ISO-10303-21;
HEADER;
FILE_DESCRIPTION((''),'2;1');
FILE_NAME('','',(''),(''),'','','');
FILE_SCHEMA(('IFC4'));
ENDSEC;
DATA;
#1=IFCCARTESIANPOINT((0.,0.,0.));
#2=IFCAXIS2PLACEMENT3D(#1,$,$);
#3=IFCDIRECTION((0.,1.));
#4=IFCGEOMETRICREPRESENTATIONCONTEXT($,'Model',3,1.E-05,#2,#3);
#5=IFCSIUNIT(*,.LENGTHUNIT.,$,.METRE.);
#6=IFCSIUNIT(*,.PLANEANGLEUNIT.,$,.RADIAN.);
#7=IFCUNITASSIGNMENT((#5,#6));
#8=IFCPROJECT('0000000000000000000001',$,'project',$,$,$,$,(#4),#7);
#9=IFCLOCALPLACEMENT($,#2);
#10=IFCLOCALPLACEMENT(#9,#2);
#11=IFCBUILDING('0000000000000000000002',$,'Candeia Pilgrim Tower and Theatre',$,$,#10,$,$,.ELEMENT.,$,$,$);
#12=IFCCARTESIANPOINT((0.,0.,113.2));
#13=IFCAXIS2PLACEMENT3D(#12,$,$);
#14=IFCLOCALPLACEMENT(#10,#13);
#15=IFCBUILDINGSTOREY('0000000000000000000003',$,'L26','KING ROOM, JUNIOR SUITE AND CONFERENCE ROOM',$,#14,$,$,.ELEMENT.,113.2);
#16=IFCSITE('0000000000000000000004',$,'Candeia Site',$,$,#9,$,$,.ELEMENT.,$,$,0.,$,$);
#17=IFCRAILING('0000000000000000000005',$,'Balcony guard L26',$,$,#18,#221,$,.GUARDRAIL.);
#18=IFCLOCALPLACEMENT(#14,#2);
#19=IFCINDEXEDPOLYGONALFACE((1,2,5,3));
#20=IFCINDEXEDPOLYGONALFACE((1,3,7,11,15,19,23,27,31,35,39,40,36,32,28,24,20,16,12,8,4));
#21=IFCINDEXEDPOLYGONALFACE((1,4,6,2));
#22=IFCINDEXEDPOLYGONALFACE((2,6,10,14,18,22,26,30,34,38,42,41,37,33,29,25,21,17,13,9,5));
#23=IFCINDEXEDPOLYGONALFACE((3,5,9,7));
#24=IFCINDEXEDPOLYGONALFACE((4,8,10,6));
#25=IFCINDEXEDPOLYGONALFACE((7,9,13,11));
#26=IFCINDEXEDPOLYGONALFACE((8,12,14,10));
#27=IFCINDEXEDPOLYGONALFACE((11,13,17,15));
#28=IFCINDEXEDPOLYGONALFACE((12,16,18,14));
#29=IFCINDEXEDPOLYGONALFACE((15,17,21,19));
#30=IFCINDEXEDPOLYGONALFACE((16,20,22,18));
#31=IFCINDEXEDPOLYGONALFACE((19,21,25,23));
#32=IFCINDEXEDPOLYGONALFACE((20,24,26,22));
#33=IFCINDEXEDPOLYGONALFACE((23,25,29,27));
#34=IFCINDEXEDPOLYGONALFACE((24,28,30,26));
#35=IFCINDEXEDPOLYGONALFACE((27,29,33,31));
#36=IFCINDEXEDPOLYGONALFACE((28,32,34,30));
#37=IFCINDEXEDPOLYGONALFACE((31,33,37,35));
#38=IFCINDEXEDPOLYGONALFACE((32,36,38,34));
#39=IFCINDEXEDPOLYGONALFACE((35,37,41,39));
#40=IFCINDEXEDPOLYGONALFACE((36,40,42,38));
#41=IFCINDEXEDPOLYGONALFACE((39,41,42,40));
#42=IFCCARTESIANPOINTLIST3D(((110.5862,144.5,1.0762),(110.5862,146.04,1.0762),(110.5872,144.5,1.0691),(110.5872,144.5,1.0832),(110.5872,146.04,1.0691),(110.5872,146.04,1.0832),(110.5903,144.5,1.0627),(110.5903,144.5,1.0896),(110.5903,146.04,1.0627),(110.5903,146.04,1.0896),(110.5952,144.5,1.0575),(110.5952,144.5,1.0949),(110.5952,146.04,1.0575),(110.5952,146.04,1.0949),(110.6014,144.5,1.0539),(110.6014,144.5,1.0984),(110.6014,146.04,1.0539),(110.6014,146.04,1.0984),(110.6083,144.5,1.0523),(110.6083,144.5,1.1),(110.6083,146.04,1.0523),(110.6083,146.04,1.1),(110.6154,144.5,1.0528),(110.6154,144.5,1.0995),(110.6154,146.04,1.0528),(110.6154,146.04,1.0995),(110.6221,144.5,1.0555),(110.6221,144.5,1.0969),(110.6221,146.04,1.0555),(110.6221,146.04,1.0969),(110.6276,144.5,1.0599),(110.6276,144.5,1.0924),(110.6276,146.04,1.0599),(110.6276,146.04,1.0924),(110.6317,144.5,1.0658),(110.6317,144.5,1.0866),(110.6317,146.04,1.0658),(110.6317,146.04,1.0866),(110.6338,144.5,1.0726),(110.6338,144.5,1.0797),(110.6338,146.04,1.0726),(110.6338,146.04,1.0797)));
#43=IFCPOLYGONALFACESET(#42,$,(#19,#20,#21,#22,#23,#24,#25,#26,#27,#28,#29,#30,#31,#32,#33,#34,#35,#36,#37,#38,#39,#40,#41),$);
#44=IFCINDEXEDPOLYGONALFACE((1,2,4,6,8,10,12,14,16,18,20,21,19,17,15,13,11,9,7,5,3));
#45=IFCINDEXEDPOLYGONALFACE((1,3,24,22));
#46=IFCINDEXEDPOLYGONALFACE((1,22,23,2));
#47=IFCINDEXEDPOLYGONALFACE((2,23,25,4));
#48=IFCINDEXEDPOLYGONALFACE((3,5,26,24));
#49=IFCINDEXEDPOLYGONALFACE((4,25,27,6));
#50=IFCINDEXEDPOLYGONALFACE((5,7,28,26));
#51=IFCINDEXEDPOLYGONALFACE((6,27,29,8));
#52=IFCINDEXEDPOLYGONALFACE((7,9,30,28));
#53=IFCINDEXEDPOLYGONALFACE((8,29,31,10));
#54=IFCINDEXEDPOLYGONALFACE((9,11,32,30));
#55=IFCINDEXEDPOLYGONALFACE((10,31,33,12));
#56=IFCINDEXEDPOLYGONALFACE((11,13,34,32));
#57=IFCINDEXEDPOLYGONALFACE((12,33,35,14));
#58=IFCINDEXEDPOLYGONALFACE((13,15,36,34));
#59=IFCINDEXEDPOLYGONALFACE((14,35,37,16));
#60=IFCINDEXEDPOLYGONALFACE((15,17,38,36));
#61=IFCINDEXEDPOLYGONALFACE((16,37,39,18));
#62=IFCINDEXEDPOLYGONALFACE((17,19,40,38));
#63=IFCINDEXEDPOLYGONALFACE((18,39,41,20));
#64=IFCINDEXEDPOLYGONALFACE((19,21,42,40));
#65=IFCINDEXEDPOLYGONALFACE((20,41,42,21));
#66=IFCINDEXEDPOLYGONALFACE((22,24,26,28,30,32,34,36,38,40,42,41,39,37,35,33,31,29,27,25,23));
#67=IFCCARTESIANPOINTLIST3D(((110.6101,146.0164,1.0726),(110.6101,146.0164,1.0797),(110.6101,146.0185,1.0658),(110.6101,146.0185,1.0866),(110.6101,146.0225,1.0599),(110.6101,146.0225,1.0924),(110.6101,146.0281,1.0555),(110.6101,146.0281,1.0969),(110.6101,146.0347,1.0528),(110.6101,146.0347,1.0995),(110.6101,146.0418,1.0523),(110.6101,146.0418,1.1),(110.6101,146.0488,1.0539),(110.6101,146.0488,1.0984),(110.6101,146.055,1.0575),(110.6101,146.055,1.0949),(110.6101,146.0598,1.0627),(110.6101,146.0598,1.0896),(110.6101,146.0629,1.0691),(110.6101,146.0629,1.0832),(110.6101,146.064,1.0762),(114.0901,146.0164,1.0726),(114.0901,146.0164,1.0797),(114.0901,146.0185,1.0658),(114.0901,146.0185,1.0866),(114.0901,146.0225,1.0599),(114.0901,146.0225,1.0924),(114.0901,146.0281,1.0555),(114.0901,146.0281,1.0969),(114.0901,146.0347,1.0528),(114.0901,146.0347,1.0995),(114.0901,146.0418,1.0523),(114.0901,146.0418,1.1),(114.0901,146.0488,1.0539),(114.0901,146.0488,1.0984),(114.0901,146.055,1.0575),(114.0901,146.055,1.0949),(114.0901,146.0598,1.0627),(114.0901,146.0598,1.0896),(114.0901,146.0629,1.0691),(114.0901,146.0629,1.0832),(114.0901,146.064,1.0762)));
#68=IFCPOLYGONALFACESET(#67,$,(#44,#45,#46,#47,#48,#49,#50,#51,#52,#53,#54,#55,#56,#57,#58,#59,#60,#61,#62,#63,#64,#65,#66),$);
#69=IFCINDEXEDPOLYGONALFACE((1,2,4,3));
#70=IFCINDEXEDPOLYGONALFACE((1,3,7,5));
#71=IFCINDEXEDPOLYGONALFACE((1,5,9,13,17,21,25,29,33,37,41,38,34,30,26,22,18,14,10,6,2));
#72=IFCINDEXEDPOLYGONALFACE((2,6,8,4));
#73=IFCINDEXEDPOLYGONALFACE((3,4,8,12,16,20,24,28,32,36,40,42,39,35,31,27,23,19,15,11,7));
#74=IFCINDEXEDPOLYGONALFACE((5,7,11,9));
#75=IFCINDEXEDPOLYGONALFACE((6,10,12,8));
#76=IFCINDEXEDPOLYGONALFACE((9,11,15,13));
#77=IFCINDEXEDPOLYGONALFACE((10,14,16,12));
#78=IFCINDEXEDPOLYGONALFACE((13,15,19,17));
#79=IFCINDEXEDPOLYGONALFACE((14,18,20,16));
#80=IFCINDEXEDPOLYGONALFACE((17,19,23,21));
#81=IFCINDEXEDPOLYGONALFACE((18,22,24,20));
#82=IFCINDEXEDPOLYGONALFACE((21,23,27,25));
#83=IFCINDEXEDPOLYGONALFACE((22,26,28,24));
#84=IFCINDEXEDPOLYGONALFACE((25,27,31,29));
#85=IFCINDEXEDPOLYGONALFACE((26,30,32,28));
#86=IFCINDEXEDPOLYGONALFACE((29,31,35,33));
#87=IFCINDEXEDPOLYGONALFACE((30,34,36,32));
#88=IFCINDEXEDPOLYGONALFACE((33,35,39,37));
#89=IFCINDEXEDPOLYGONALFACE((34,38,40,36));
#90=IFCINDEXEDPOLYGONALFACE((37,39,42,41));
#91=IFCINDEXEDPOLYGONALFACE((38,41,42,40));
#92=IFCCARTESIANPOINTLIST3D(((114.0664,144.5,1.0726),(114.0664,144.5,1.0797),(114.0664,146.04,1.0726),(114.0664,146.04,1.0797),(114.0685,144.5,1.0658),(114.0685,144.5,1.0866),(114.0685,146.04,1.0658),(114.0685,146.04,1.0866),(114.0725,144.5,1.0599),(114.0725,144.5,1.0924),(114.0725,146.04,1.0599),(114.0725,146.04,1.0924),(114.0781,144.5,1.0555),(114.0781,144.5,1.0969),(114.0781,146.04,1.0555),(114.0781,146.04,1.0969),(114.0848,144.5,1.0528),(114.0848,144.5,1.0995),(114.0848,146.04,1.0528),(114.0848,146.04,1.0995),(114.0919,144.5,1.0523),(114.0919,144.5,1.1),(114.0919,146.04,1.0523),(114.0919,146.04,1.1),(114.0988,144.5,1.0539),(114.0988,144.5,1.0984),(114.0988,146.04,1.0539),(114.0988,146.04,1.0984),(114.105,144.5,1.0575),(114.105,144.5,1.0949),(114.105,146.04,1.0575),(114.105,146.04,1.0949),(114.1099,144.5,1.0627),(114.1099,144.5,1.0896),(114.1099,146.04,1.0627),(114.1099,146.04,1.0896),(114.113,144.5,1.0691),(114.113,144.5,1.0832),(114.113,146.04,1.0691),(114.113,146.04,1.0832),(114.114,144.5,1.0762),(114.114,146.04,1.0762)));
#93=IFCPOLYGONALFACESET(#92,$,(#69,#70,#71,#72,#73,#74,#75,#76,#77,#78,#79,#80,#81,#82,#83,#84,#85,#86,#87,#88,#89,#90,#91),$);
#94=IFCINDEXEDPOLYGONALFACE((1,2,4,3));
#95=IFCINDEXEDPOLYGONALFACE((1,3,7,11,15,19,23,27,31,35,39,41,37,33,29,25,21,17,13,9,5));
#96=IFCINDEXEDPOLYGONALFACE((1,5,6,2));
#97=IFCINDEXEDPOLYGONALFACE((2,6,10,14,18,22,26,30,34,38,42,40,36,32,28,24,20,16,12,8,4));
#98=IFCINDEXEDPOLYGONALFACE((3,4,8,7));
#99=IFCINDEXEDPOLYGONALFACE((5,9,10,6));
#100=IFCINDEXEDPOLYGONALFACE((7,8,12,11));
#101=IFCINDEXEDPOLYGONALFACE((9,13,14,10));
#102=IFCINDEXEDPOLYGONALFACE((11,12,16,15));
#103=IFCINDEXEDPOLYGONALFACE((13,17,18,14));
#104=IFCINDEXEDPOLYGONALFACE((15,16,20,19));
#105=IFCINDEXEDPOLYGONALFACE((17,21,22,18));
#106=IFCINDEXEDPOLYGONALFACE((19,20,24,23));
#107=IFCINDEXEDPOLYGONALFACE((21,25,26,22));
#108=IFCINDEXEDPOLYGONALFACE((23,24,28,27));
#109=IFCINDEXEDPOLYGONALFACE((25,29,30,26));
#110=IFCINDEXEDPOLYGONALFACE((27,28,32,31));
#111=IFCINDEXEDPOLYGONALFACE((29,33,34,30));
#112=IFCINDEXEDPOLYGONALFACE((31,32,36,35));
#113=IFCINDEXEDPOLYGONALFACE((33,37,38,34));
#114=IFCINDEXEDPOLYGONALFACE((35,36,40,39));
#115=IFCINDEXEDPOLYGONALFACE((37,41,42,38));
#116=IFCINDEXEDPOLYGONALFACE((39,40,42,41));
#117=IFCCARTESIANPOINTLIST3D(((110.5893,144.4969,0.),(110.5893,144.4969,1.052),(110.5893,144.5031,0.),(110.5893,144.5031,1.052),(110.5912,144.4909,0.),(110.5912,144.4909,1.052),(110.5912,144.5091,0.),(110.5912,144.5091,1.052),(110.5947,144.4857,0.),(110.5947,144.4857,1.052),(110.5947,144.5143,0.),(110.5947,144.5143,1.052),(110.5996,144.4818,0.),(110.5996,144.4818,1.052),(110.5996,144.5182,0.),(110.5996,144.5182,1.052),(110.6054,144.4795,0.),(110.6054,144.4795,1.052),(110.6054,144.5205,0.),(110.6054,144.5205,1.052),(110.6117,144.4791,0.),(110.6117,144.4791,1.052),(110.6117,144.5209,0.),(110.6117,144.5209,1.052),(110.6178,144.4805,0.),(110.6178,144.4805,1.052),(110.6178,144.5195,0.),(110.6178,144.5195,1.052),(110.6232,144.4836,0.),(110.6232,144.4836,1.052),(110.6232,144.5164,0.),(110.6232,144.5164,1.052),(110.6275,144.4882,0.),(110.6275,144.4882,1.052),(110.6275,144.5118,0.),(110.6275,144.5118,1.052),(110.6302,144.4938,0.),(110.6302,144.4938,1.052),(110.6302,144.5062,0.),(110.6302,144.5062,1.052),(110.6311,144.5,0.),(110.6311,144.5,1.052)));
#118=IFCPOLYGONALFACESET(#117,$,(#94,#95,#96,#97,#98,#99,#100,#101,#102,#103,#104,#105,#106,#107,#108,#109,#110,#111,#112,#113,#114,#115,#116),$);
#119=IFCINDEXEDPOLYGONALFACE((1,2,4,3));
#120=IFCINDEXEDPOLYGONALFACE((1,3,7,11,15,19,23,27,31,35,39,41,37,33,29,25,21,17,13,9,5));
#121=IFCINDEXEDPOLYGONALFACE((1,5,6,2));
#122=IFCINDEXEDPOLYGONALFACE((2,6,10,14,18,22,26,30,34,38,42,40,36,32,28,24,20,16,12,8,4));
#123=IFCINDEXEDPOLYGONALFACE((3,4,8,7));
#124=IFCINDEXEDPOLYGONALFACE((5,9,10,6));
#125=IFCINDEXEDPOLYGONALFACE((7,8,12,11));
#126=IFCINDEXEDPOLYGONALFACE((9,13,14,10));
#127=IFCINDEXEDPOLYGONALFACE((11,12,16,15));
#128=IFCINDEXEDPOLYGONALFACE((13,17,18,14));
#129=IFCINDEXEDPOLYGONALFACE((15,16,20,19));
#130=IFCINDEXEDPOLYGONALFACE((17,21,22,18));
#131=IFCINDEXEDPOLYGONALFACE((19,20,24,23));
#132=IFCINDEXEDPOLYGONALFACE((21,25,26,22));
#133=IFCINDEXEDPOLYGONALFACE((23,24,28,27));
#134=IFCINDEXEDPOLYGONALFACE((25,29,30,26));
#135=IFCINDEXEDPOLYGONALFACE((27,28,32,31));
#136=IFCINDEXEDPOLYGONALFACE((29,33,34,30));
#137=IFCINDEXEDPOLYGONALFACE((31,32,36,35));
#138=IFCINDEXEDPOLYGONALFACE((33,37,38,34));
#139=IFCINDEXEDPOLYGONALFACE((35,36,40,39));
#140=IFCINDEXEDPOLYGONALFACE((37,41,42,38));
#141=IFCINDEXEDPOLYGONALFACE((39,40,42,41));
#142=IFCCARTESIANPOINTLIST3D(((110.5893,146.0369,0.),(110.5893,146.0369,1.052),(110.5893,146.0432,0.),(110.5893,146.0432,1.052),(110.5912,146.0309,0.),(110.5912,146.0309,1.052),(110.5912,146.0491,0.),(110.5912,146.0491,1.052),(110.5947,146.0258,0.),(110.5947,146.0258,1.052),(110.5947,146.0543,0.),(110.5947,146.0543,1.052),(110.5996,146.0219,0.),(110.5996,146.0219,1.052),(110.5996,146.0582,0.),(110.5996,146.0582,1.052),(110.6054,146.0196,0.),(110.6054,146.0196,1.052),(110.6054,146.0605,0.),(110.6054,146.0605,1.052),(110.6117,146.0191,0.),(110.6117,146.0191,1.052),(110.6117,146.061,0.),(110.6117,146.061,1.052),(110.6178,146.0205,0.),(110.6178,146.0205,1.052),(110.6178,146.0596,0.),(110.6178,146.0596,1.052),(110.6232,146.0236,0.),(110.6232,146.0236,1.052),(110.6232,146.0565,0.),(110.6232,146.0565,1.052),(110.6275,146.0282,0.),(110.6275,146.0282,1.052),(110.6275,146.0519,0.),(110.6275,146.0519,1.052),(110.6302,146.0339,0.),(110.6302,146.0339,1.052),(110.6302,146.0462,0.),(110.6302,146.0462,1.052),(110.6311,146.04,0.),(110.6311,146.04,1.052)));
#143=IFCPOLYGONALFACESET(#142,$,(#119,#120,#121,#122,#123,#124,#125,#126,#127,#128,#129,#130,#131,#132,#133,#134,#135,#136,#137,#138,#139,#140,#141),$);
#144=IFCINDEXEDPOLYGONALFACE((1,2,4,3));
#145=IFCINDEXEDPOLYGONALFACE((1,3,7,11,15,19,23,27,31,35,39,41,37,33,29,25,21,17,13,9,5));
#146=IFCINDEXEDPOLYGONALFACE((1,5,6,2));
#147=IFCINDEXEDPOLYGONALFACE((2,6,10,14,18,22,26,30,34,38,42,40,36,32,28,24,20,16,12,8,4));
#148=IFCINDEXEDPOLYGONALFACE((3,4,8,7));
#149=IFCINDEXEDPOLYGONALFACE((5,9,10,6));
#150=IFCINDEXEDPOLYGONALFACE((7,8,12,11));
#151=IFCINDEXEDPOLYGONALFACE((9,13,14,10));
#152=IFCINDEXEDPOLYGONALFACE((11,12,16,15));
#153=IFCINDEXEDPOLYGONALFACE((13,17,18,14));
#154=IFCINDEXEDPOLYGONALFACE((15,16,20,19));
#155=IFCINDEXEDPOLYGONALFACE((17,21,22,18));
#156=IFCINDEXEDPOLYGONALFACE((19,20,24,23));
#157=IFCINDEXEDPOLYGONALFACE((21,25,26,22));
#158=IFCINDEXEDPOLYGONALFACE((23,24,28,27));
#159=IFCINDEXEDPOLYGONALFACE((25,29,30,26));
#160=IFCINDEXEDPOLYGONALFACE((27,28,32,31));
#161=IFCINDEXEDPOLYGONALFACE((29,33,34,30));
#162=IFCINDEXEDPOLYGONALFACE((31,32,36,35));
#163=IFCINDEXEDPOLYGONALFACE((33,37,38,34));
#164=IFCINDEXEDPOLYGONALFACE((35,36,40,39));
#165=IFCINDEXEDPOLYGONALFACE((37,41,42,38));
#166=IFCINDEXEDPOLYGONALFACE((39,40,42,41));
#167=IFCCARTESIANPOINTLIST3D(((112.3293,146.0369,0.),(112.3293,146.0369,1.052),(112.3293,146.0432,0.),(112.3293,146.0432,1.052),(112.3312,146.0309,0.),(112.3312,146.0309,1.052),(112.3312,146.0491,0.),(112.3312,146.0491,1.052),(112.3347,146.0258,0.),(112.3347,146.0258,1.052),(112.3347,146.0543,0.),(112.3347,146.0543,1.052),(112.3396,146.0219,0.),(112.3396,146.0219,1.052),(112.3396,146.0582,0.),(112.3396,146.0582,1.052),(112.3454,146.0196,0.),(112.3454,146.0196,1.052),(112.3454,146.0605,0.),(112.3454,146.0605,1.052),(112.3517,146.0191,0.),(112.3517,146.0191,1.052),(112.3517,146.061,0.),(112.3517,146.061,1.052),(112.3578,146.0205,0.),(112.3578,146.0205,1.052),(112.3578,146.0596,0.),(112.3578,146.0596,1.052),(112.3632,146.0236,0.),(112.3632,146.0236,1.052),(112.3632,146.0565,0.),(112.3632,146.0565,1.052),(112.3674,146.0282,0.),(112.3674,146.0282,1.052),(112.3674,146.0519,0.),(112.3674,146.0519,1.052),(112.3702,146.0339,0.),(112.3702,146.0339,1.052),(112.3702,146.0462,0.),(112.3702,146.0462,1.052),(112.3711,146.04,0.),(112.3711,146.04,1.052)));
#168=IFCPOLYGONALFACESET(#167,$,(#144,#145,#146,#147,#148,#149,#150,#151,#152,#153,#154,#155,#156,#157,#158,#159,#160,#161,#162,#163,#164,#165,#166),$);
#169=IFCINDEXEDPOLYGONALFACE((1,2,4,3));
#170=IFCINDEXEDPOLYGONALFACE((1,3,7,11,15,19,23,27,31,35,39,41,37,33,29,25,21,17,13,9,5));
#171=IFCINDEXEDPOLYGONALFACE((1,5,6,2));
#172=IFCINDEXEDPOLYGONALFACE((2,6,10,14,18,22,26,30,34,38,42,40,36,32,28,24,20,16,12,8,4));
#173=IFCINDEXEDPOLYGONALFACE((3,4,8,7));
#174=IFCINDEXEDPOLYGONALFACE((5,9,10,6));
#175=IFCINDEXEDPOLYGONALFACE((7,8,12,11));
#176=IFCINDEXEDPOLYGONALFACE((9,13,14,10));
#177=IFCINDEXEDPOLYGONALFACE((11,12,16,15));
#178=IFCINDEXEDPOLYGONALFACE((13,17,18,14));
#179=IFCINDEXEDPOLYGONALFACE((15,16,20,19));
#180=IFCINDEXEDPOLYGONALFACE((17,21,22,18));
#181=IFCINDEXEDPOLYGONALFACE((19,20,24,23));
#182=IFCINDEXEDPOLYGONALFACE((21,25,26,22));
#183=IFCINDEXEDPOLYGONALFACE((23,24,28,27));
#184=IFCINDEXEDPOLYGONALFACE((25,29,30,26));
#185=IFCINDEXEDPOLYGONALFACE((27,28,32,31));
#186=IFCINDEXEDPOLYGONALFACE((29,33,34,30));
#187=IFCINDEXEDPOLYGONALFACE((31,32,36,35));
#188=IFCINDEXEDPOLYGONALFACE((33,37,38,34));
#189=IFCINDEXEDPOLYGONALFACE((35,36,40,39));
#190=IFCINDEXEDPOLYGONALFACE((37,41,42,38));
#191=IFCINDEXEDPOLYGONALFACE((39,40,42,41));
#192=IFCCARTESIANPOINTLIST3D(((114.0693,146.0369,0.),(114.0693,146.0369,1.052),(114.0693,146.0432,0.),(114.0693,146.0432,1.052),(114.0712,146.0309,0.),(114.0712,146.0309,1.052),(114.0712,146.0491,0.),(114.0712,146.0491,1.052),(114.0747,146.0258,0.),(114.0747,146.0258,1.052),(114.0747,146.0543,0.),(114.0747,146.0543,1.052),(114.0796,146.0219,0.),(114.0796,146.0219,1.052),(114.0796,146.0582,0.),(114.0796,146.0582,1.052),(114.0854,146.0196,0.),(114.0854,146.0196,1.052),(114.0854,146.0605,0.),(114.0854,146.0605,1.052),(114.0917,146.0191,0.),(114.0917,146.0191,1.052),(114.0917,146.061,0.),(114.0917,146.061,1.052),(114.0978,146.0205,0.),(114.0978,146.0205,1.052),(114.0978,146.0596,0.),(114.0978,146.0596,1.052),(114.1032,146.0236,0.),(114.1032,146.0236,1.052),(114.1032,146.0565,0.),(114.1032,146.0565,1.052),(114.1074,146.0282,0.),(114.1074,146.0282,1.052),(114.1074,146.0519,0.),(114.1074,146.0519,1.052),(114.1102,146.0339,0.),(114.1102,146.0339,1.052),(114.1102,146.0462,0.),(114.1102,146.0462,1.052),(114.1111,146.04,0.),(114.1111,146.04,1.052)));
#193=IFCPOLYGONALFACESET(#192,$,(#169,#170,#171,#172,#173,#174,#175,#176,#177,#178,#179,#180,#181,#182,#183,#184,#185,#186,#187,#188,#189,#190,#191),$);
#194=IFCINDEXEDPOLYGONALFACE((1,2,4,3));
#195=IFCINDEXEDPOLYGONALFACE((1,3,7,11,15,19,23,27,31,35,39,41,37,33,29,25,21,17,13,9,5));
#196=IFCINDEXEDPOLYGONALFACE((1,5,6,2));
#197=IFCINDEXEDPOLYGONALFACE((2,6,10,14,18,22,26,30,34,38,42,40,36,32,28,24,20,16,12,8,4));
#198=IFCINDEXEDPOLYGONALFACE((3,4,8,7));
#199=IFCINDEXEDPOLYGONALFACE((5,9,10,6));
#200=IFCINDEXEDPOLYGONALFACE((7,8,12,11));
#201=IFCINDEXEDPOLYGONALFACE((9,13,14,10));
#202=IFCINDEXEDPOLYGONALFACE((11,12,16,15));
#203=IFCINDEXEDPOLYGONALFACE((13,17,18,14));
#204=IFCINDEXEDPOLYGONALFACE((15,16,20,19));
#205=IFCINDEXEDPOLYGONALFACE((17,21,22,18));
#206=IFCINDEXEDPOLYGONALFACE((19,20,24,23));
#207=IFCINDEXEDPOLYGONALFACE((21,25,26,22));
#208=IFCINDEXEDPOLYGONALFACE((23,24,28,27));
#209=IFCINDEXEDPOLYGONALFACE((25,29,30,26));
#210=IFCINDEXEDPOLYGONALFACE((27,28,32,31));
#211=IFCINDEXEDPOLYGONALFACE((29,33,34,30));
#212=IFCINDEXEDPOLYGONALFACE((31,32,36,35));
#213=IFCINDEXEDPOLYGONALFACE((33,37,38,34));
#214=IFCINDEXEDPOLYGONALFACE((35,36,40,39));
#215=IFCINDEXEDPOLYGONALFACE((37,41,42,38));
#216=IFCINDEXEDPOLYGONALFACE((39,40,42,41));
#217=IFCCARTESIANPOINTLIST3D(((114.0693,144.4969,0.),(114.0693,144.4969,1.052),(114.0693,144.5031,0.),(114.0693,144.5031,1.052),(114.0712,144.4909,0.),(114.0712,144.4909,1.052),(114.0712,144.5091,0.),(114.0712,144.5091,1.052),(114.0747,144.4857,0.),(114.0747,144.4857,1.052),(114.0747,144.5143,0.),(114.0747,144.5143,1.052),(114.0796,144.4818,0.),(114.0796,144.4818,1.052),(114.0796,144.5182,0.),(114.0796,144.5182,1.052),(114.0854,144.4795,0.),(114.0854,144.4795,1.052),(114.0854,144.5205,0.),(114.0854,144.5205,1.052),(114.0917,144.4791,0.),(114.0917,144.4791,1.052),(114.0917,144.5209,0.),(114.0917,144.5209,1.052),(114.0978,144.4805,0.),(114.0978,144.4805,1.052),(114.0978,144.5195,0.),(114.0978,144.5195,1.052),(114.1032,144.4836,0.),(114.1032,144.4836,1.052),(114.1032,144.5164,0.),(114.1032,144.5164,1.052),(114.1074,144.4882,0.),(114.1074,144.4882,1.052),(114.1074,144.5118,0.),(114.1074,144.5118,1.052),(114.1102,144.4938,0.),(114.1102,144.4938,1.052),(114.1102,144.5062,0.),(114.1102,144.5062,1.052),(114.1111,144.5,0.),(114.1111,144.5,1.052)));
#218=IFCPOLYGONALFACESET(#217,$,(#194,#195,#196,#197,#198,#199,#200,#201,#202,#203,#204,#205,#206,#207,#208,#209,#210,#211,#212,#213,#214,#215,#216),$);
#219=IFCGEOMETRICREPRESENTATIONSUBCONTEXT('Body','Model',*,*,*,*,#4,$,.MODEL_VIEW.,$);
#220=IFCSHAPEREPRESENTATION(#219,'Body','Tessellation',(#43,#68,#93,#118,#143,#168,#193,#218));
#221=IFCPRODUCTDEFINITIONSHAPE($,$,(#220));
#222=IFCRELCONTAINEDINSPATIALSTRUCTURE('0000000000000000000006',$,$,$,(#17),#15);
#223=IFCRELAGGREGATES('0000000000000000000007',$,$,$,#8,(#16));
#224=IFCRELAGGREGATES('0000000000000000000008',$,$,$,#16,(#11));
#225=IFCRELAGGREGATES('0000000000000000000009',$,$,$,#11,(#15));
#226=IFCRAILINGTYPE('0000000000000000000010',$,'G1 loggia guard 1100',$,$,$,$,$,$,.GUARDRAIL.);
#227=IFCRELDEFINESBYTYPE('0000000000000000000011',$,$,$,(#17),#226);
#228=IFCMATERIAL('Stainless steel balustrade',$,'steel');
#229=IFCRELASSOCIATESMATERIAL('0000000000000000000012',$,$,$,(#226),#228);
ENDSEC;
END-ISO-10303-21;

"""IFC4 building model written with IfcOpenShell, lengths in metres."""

from ifc_helpers import new_model, si_unit, direction, frame, origin, origin_2d, place, context, subcontext, project, spatial, circle, extrude, material, type_object, element, save


model = new_model("IFC4")

# Units and contexts
model_context = context("Model", 3, precision=1e-05, world=origin(), true_north=direction((0.0, 1.0)))
body_context = subcontext(model_context, "Body", "Model", "MODEL_VIEW")
ifc_project = project(units=[si_unit("LENGTHUNIT", "METRE"), si_unit("PLANEANGLEUNIT", "RADIAN")], contexts=[model_context])

# Site, building, storey
site_placement = place(None, origin())
site = spatial("IfcSite", under=ifc_project, at=site_placement, Name="Candeia Site", CompositionType="ELEMENT", RefElevation=0.0)
building_placement = place(site_placement, origin())
building = spatial("IfcBuilding", under=site, at=building_placement, Name="Candeia Pilgrim Tower and Theatre", CompositionType="ELEMENT")
storey_placement = place(building_placement, frame((0.0, 0.0, 113.2)))
storey = spatial("IfcBuildingStorey", under=building, at=storey_placement, Name="L26", Description="KING ROOM, JUNIOR SUITE AND CONFERENCE ROOM", CompositionType="ELEMENT", Elevation=113.2)

# Railing
ifc_material_1 = material(Name="Stainless steel balustrade", Category="steel")
railing_type = type_object("IfcRailingType", Name="G1 loggia guard 1100", PredefinedType="GUARDRAIL", material=ifc_material_1)
railing_placement = place(storey_placement, frame((110.6101, 144.5, 0.0)))
element("IfcRailing", 1, at=railing_placement, inside=storey, type_object=railing_type, Name="Balcony guard L26", PredefinedType="GUARDRAIL", context=body_context, shape_type="SweptSolid", body=[
    extrude(circle(Radius=0.0239, at=origin_2d()), frame((0.0, 0.0, 1.0762), z_axis=(0.0, 1.0, 0.0), x_axis=(-1.0, 0.0, 0.0)), (0.0, 0.0, 1.0), 1.54),
    extrude(circle(Radius=0.0239, at=origin_2d()), frame((0.0, 1.54, 1.0762), z_axis=(1.0, 0.0, 0.0), x_axis=(0.0, 1.0, 0.0)), (0.0, 0.0, 1.0), 3.48),
    extrude(circle(Radius=0.0239, at=origin_2d()), frame((3.48, 1.54, 1.0762), z_axis=(0.0, -1.0, 0.0), x_axis=(1.0, 0.0, 0.0)), (0.0, 0.0, 1.0), 1.54),
    extrude(circle(Radius=0.021, at=origin_2d()), origin(), (0.0, 0.0, 1.0), 1.052),
    extrude(circle(Radius=0.021, at=origin_2d()), frame((0.0, 1.54, 0.0)), (0.0, 0.0, 1.0), 1.052),
    extrude(circle(Radius=0.021, at=origin_2d()), frame((1.74, 1.54, 0.0)), (0.0, 0.0, 1.0), 1.052),
    extrude(circle(Radius=0.021, at=origin_2d()), frame((3.48, 1.54, 0.0)), (0.0, 0.0, 1.0), 1.052),
    extrude(circle(Radius=0.021, at=origin_2d()), frame((3.48, 0.0, 0.0)), (0.0, 0.0, 1.0), 1.052),
])

save(model, "model.ifc")
